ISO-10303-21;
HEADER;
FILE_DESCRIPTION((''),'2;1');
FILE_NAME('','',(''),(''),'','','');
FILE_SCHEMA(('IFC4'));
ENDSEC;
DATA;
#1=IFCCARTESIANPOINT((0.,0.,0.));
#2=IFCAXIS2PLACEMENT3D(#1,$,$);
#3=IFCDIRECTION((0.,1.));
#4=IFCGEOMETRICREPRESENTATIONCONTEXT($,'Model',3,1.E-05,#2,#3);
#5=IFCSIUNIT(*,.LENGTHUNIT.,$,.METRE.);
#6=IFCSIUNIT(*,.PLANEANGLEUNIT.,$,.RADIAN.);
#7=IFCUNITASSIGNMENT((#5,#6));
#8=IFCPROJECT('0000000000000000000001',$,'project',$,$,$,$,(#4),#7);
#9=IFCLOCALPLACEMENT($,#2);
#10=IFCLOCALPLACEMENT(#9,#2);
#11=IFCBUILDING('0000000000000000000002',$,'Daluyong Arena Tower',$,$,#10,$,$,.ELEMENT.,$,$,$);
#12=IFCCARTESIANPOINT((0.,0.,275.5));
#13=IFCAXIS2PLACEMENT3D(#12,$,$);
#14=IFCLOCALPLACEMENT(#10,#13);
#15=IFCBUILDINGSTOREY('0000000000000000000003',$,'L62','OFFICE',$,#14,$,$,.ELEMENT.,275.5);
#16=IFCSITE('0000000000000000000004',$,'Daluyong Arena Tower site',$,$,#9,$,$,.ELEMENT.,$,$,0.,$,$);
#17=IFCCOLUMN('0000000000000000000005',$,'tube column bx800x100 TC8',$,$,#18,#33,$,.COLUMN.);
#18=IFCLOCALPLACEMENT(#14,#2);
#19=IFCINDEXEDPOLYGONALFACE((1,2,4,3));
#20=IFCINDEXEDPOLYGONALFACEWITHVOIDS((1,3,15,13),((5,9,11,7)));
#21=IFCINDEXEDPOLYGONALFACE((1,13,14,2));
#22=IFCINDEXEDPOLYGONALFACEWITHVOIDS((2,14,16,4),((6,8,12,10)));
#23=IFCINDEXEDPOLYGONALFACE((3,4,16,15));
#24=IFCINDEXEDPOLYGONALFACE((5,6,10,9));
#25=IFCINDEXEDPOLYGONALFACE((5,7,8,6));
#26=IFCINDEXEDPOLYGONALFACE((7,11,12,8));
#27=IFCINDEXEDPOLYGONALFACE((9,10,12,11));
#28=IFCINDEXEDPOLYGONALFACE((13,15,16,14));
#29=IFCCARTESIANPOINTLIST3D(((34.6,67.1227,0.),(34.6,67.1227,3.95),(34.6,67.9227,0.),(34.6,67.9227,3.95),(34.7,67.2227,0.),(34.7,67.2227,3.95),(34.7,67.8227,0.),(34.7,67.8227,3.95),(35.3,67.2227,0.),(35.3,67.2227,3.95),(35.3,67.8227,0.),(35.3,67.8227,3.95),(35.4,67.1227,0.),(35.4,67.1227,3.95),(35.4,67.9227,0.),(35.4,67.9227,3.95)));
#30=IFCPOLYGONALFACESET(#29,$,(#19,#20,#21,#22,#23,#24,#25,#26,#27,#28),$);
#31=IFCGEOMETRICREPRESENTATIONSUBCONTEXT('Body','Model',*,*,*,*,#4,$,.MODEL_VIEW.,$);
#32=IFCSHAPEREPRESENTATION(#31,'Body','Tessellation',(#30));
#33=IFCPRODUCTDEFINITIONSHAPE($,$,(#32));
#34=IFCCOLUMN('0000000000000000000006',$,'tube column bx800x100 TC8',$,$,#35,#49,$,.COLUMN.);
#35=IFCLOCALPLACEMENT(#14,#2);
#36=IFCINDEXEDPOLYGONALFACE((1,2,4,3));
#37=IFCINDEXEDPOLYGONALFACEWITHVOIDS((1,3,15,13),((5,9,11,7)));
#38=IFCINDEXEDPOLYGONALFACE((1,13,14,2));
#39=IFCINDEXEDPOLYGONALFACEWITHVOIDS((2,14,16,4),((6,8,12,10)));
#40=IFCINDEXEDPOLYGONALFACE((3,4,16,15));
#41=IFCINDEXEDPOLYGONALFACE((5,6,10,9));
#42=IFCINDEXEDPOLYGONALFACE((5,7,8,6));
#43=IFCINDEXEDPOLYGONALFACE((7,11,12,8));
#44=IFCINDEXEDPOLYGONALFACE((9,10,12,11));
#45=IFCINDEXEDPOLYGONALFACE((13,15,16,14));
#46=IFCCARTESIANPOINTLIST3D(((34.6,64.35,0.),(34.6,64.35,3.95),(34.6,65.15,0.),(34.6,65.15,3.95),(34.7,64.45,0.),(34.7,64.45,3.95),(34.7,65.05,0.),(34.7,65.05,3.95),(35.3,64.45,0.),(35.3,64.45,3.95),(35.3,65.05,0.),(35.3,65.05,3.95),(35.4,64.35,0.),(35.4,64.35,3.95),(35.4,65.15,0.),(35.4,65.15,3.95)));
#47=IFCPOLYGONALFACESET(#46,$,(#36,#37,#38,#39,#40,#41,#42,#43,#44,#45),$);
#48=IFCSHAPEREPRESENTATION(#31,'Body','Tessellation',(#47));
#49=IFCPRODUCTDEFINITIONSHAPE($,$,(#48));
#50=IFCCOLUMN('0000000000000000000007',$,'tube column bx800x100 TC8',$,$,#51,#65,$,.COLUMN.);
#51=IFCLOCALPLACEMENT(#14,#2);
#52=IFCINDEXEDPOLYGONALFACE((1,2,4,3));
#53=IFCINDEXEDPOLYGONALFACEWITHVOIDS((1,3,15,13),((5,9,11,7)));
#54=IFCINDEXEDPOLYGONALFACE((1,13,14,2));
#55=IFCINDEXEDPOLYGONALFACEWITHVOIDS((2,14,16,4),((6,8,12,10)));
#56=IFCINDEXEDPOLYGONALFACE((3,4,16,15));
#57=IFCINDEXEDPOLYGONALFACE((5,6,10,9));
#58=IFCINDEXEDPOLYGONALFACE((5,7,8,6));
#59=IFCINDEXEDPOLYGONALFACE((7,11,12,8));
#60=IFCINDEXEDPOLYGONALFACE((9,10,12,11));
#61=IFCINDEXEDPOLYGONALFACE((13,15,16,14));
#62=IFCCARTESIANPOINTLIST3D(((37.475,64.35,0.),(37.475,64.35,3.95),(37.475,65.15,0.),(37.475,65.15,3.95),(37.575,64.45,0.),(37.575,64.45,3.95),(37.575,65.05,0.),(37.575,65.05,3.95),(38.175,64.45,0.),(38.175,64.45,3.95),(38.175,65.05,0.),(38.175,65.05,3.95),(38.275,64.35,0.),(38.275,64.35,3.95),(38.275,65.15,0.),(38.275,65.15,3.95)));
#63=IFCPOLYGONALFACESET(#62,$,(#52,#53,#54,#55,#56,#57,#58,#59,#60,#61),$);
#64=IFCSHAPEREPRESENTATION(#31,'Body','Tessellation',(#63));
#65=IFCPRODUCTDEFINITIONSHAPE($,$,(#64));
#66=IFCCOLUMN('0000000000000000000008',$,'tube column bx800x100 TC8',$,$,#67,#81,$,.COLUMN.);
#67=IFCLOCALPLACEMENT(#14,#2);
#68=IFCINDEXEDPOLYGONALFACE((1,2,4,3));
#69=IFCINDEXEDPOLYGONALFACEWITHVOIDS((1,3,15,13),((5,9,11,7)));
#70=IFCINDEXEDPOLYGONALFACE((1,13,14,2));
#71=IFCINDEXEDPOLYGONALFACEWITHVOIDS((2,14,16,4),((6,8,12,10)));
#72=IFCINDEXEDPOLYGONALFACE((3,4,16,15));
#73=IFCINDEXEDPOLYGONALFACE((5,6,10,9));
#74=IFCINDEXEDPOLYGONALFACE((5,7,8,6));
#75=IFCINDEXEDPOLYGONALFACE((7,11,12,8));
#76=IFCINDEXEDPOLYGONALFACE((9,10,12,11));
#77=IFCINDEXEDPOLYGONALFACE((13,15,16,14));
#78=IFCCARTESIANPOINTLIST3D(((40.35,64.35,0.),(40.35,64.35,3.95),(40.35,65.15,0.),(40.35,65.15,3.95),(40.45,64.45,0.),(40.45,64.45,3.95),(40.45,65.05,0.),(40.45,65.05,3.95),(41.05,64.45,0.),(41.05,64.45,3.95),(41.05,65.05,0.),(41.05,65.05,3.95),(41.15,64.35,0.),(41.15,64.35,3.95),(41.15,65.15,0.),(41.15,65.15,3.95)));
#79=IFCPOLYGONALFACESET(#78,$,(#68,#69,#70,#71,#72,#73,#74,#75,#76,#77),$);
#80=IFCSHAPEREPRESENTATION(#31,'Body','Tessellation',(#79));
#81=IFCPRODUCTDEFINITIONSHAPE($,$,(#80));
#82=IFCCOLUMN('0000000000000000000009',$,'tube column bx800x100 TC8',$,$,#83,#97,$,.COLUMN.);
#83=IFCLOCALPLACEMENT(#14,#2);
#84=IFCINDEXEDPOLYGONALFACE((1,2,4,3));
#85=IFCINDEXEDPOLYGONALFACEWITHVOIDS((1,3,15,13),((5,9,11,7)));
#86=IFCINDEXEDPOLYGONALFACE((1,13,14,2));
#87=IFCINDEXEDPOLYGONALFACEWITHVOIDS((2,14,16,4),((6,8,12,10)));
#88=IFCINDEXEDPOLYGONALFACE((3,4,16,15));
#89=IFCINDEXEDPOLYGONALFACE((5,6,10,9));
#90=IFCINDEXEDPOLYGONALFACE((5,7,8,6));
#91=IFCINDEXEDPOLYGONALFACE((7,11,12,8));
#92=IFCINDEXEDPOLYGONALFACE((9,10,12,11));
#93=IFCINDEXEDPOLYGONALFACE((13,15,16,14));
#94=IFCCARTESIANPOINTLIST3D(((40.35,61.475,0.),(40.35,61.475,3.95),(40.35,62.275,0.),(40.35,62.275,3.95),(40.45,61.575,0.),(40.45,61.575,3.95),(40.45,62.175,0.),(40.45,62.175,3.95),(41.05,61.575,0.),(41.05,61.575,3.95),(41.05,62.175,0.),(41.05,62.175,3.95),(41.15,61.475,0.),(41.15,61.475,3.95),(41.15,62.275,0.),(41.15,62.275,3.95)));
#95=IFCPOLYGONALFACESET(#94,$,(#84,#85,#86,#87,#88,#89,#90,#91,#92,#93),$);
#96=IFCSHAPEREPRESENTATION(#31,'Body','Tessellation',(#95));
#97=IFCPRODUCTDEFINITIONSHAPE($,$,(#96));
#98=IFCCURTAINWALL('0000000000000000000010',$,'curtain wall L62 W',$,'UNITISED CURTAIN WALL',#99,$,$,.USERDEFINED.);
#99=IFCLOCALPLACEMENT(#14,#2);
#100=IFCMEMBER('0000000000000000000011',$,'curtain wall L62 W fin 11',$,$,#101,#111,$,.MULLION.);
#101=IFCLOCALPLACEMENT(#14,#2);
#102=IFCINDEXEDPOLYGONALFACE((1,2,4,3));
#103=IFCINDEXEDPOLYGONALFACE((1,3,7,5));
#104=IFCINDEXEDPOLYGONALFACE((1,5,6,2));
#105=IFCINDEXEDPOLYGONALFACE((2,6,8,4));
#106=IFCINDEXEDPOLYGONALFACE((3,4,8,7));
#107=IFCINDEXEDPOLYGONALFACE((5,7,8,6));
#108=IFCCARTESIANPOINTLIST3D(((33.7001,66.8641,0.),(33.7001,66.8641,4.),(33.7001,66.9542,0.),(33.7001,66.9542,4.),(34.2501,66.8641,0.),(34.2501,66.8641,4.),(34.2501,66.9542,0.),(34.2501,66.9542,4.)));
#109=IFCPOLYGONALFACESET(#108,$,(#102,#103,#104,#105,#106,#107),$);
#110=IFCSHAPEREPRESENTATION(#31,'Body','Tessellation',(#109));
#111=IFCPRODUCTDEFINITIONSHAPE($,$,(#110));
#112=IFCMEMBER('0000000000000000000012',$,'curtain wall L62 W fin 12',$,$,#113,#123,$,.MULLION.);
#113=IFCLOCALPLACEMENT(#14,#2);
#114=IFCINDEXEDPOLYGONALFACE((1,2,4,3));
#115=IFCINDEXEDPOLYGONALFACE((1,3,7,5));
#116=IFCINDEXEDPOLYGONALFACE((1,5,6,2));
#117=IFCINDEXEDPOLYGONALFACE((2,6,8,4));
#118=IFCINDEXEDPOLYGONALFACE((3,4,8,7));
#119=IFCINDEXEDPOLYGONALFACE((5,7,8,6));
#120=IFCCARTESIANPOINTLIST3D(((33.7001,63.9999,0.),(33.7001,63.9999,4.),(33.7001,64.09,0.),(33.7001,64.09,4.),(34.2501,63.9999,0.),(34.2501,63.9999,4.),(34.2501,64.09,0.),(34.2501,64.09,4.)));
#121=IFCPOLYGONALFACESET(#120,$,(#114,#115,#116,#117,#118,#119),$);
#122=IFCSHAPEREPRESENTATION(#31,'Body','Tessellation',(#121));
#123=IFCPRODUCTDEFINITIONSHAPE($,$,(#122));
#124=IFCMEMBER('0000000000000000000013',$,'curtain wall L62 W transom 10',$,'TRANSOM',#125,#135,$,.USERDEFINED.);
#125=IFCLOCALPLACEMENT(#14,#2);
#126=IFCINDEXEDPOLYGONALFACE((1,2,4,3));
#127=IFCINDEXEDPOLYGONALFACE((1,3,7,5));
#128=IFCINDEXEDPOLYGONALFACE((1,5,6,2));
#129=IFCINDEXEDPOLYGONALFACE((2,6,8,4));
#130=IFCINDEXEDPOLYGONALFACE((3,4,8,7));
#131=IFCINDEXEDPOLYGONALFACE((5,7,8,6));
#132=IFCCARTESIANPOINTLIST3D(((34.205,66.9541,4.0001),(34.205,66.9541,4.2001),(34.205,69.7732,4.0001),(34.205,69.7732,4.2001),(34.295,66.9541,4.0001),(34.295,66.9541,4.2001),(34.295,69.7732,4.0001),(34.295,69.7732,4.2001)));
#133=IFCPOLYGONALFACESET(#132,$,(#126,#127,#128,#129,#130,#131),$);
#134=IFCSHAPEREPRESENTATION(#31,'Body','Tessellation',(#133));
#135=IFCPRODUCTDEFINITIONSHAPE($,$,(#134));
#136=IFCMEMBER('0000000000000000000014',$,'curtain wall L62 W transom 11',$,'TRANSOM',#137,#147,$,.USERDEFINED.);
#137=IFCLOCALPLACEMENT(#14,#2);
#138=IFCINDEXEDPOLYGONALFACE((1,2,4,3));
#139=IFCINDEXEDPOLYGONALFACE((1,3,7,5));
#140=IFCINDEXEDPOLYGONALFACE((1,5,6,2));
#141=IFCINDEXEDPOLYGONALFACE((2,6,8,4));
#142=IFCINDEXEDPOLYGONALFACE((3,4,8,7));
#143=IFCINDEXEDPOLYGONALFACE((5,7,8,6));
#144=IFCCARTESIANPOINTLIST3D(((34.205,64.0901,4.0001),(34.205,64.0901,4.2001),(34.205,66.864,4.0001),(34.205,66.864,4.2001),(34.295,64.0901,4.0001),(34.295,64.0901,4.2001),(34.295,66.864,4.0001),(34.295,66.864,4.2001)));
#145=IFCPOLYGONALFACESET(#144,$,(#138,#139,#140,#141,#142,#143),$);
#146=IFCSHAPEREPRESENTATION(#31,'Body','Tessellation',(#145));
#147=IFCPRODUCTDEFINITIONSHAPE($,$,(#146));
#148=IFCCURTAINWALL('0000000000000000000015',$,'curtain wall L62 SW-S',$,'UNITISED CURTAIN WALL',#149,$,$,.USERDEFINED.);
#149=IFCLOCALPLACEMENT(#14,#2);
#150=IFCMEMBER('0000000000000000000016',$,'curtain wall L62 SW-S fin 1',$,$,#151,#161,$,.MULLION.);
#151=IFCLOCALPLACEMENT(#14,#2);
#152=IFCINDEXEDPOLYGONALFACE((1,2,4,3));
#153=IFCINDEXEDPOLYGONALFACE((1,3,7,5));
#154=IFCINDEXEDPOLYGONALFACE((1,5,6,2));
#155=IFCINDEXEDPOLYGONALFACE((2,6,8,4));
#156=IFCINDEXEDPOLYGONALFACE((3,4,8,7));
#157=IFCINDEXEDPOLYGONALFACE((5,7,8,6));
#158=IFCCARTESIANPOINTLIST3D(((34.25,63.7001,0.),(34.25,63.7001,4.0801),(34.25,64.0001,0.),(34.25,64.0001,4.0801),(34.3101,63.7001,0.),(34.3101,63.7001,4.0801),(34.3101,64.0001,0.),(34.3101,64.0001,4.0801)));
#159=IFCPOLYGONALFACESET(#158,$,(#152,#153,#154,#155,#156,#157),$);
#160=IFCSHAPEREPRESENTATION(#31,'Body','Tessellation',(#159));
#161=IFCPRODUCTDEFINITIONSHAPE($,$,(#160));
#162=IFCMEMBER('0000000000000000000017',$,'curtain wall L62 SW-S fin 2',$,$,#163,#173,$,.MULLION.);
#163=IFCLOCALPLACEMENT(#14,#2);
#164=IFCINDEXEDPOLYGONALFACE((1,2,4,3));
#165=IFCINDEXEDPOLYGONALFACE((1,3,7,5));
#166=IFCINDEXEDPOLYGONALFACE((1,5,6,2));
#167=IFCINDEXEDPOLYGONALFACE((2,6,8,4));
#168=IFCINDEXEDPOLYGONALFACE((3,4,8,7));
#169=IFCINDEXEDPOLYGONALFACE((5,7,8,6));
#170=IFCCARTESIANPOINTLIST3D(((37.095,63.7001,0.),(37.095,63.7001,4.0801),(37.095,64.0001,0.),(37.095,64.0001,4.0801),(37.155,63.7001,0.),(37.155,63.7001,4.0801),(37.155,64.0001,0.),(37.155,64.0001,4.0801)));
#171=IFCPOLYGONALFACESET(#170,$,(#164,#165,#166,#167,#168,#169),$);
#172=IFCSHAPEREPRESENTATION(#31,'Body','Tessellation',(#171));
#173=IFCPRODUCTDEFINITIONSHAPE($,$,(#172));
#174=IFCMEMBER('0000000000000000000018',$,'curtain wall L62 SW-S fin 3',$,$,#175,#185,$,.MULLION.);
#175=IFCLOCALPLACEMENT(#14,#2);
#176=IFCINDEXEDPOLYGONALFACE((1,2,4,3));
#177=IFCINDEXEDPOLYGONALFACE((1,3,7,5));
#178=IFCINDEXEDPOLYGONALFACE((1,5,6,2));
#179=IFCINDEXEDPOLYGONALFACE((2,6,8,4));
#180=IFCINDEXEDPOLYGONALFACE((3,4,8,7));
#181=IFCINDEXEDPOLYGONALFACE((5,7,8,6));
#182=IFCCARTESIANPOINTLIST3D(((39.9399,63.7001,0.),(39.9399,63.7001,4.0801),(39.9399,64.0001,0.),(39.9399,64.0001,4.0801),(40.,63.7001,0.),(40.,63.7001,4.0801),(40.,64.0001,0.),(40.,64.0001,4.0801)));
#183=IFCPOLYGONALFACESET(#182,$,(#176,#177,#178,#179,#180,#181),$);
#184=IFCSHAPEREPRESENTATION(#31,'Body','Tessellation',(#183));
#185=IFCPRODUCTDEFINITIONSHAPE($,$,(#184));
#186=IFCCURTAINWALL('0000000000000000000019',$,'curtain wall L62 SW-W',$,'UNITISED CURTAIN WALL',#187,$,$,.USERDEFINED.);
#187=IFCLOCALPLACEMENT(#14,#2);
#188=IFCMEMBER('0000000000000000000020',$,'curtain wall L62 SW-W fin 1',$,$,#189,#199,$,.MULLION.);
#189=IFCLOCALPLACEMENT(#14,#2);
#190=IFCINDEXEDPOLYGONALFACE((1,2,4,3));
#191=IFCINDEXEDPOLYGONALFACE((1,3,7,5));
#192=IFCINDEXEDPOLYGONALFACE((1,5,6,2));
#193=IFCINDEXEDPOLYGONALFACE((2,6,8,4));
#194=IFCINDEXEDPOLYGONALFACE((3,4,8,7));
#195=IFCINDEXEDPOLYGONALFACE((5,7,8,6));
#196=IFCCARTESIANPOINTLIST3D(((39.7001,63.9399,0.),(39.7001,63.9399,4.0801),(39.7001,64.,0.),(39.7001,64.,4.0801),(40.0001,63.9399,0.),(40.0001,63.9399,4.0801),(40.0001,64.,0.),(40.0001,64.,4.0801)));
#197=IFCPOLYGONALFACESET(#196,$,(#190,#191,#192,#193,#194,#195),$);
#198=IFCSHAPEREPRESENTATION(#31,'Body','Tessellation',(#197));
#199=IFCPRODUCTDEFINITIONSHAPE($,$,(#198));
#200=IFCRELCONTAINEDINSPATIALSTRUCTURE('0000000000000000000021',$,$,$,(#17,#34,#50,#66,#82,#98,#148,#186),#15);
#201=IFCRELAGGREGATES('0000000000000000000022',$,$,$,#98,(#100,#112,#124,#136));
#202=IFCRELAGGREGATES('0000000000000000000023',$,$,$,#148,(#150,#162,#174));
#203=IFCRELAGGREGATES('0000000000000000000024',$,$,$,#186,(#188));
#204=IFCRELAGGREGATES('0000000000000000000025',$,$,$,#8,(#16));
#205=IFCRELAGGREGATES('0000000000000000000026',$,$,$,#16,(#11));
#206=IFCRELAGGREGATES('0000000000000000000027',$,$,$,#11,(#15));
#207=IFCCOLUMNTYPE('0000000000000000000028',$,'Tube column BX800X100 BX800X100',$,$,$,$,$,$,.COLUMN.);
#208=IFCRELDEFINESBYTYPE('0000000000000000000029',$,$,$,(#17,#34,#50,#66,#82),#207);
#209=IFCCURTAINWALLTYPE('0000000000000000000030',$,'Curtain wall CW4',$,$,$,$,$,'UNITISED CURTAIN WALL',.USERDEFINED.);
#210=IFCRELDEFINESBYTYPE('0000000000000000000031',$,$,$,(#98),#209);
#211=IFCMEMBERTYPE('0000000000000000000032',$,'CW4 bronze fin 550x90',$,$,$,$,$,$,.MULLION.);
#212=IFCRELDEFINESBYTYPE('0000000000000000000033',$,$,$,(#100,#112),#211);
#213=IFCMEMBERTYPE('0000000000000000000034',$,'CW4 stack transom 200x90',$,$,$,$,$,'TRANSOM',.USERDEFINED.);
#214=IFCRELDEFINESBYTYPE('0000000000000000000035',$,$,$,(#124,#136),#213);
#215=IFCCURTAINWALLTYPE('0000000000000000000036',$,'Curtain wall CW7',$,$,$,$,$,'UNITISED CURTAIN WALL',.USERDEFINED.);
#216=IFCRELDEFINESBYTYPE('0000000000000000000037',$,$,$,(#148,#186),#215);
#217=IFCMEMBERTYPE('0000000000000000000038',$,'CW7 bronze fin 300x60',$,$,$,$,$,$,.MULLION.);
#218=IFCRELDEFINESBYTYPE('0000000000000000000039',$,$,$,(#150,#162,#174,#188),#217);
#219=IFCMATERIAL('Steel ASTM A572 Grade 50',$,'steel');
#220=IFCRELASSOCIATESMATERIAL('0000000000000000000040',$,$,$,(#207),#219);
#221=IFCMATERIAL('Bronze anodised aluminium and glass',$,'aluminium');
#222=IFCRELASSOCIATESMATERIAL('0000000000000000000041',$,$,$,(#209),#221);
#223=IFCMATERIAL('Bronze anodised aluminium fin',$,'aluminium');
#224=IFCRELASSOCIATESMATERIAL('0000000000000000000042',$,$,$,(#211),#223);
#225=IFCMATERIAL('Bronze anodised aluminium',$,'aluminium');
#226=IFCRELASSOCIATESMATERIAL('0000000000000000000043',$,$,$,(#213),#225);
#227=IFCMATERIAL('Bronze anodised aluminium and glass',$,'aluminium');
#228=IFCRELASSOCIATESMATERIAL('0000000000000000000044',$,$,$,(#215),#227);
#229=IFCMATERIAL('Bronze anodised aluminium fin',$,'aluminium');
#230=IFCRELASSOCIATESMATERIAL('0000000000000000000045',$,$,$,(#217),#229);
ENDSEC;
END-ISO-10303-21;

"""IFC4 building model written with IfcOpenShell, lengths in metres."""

from ifc_helpers import new_model, si_unit, direction, frame, origin, origin_2d, place, context, subcontext, project, spatial, rectangle, hollow_rectangle, extrude, material, material_profile, profile_set, type_object, element, aggregate, save


model = new_model("IFC4")

# Units and contexts
model_context = context("Model", 3, precision=1e-05, world=origin(), true_north=direction((0.0, 1.0)))
body_context = subcontext(model_context, "Body", "Model", "MODEL_VIEW")
ifc_project = project(units=[si_unit("LENGTHUNIT", "METRE"), si_unit("PLANEANGLEUNIT", "RADIAN")], contexts=[model_context])

# Site, building, storey
site_placement = place(None, origin())
site = spatial("IfcSite", under=ifc_project, at=site_placement, Name="Daluyong Arena Tower site", CompositionType="ELEMENT", RefElevation=0.0)
building_placement = place(site_placement, origin())
building = spatial("IfcBuilding", under=site, at=building_placement, Name="Daluyong Arena Tower", CompositionType="ELEMENT")
storey_placement = place(building_placement, frame((0.0, 0.0, 275.5)))
storey = spatial("IfcBuildingStorey", under=building, at=storey_placement, Name="L62", Description="OFFICE", CompositionType="ELEMENT", Elevation=275.5)

# Columns
ifc_material_1 = material(Name="Steel ASTM A572 Grade 50", Category="steel")
ifc_material_profile_1 = material_profile(ifc_material_1, hollow_rectangle(XDim=0.8, YDim=0.8, WallThickness=0.1, at=origin_2d()))
ifc_profile_set_1 = profile_set([ifc_material_profile_1], Name="Steel ASTM A572 Grade 50")
column_type = type_object("IfcColumnType", Name="Tube column BX800X100 BX800X100", PredefinedType="COLUMN", material=ifc_profile_set_1)
for number, where, z_axis, x_axis, name in (
    (1, (35.0, 67.5227, 0.0), (0.0, 0.0, 1.0), (0.0, 1.0, 0.0), "tube column bx800x100 TC8"),
    (2, (35.0, 64.75, 0.0), (0.0, 0.0, 1.0), (1.0, 0.0, 0.0), "tube column bx800x100 TC8"),
    (3, (37.875, 64.75, 0.0), (0.0, 0.0, 1.0), (1.0, 0.0, 0.0), "tube column bx800x100 TC8"),
    (4, (40.75, 64.75, 0.0), (0.0, 0.0, 1.0), (0.0, 1.0, 0.0), "tube column bx800x100 TC8"),
    (5, (40.75, 61.875, 0.0), (0.0, 0.0, 1.0), (0.0, 1.0, 0.0), "tube column bx800x100 TC8"),
):
    element("IfcColumn", number, at=place(storey_placement, frame(where, z_axis=z_axis, x_axis=x_axis)), inside=storey, type_object=column_type, Name=name, PredefinedType="COLUMN", context=body_context, shape_type="SweptSolid", body=[
        extrude(hollow_rectangle(XDim=0.8, YDim=0.8, WallThickness=0.1, at=origin_2d()), origin(), (0.0, 0.0, 1.0), 3.95),
    ])

# Curtain walls, members
ifc_material_2 = material(Name="Bronze anodised aluminium and glass", Category="aluminium")
curtain_wall_type_1 = type_object("IfcCurtainWallType", Name="Curtain wall CW4", ElementType="UNITISED CURTAIN WALL", PredefinedType="USERDEFINED", material=ifc_material_2)
curtain_wall_1_placement = place(storey_placement, origin())
curtain_wall_1 = element("IfcCurtainWall", 6, at=curtain_wall_1_placement, inside=storey, type_object=curtain_wall_type_1, Name="curtain wall L62 W", ObjectType="UNITISED CURTAIN WALL", PredefinedType="USERDEFINED")
ifc_material_3 = material(Name="Bronze anodised aluminium fin", Category="aluminium")
ifc_material_profile_2 = material_profile(ifc_material_3, rectangle(XDim=0.55, YDim=0.0901, at=origin_2d()))
ifc_profile_set_2 = profile_set([ifc_material_profile_2], Name="Bronze anodised aluminium fin")
member_type_1 = type_object("IfcMemberType", Name="CW4 bronze fin 550x90", PredefinedType="MULLION", material=ifc_profile_set_2)
member_1_placement = place(storey_placement, frame((33.9751, 66.9092, 0.0), z_axis=(0.0, 0.0, 1.0), x_axis=(1.0, 0.0, 0.0)))
member_1 = element("IfcMember", 7, at=member_1_placement, type_object=member_type_1, Name="curtain wall L62 W fin 11", PredefinedType="MULLION", context=body_context, shape_type="SweptSolid", body=[
    extrude(rectangle(XDim=0.55, YDim=0.0901, at=origin_2d()), origin(), (0.0, 0.0, 1.0), 4.0),
])
member_2_placement = place(storey_placement, frame((33.9751, 64.0449, 0.0), z_axis=(0.0, 0.0, 1.0), x_axis=(1.0, 0.0, 0.0)))
member_2 = element("IfcMember", 8, at=member_2_placement, type_object=member_type_1, Name="curtain wall L62 W fin 12", PredefinedType="MULLION", context=body_context, shape_type="SweptSolid", body=[
    extrude(rectangle(XDim=0.55, YDim=0.0901, at=origin_2d()), origin(), (0.0, 0.0, 1.0), 4.0),
])
ifc_material_4 = material(Name="Bronze anodised aluminium", Category="aluminium")
ifc_material_profile_3 = material_profile(ifc_material_4, rectangle(XDim=0.0901, YDim=0.2, at=origin_2d()))
ifc_profile_set_3 = profile_set([ifc_material_profile_3], Name="Bronze anodised aluminium")
member_type_2 = type_object("IfcMemberType", Name="CW4 stack transom 200x90", ElementType="TRANSOM", PredefinedType="USERDEFINED", material=ifc_profile_set_3)
member_3_placement = place(storey_placement, frame((34.25, 69.7732, 4.1001), z_axis=(0.0, -1.0, 0.0), x_axis=(1.0, 0.0, 0.0)))
member_3 = element("IfcMember", 9, at=member_3_placement, type_object=member_type_2, Name="curtain wall L62 W transom 10", ObjectType="TRANSOM", PredefinedType="USERDEFINED", context=body_context, shape_type="SweptSolid", body=[
    extrude(rectangle(XDim=0.0901, YDim=0.2, at=origin_2d()), origin(), (0.0, 0.0, 1.0), 2.8191),
])
member_4_placement = place(storey_placement, frame((34.25, 66.864, 4.1001), z_axis=(0.0, -1.0, 0.0), x_axis=(1.0, 0.0, 0.0)))
member_4 = element("IfcMember", 10, at=member_4_placement, type_object=member_type_2, Name="curtain wall L62 W transom 11", ObjectType="TRANSOM", PredefinedType="USERDEFINED", context=body_context, shape_type="SweptSolid", body=[
    extrude(rectangle(XDim=0.0901, YDim=0.2, at=origin_2d()), origin(), (0.0, 0.0, 1.0), 2.7739),
])
ifc_material_5 = material(Name="Bronze anodised aluminium and glass", Category="aluminium")
curtain_wall_type_2 = type_object("IfcCurtainWallType", Name="Curtain wall CW7", ElementType="UNITISED CURTAIN WALL", PredefinedType="USERDEFINED", material=ifc_material_5)
curtain_wall_2_placement = place(storey_placement, origin())
curtain_wall_2 = element("IfcCurtainWall", 11, at=curtain_wall_2_placement, inside=storey, type_object=curtain_wall_type_2, Name="curtain wall L62 SW-S", ObjectType="UNITISED CURTAIN WALL", PredefinedType="USERDEFINED")
ifc_material_6 = material(Name="Bronze anodised aluminium fin", Category="aluminium")
ifc_material_profile_4 = material_profile(ifc_material_6, rectangle(XDim=0.3, YDim=0.0601, at=origin_2d()))
ifc_profile_set_4 = profile_set([ifc_material_profile_4], Name="Bronze anodised aluminium fin")
member_type_3 = type_object("IfcMemberType", Name="CW7 bronze fin 300x60", PredefinedType="MULLION", material=ifc_profile_set_4)
member_5_placement = place(storey_placement, frame((34.28, 63.8501, 0.0), z_axis=(0.0, 0.0, 1.0), x_axis=(0.0, 1.0, 0.0)))
member_5 = element("IfcMember", 12, at=member_5_placement, type_object=member_type_3, Name="curtain wall L62 SW-S fin 1", PredefinedType="MULLION", context=body_context, shape_type="SweptSolid", body=[
    extrude(rectangle(XDim=0.3, YDim=0.0601, at=origin_2d()), origin(), (0.0, 0.0, 1.0), 4.0801),
])
member_6_placement = place(storey_placement, frame((37.125, 63.8501, 0.0), z_axis=(0.0, 0.0, 1.0), x_axis=(0.0, 1.0, 0.0)))
member_6 = element("IfcMember", 13, at=member_6_placement, type_object=member_type_3, Name="curtain wall L62 SW-S fin 2", PredefinedType="MULLION", context=body_context, shape_type="SweptSolid", body=[
    extrude(rectangle(XDim=0.3, YDim=0.0601, at=origin_2d()), origin(), (0.0, 0.0, 1.0), 4.0801),
])
member_7_placement = place(storey_placement, frame((39.97, 63.8501, 0.0), z_axis=(0.0, 0.0, 1.0), x_axis=(0.0, 1.0, 0.0)))
member_7 = element("IfcMember", 14, at=member_7_placement, type_object=member_type_3, Name="curtain wall L62 SW-S fin 3", PredefinedType="MULLION", context=body_context, shape_type="SweptSolid", body=[
    extrude(rectangle(XDim=0.3, YDim=0.0601, at=origin_2d()), origin(), (0.0, 0.0, 1.0), 4.0801),
])

# Curtain wall, member
curtain_wall_3_placement = place(storey_placement, origin())
curtain_wall_3 = element("IfcCurtainWall", 15, at=curtain_wall_3_placement, inside=storey, type_object=curtain_wall_type_2, Name="curtain wall L62 SW-W", ObjectType="UNITISED CURTAIN WALL", PredefinedType="USERDEFINED")
member_8_placement = place(storey_placement, frame((39.8501, 63.97, 0.0), z_axis=(0.0, 0.0, 1.0), x_axis=(1.0, 0.0, 0.0)))
member_8 = element("IfcMember", 16, at=member_8_placement, type_object=member_type_3, Name="curtain wall L62 SW-W fin 1", PredefinedType="MULLION", context=body_context, shape_type="SweptSolid", body=[
    extrude(rectangle(XDim=0.3, YDim=0.0601, at=origin_2d()), origin(), (0.0, 0.0, 1.0), 4.0801),
])

aggregate(curtain_wall_1, [member_1, member_2, member_3, member_4])
aggregate(curtain_wall_2, [member_5, member_6, member_7])
aggregate(curtain_wall_3, [member_8])

save(model, "model.ifc")
